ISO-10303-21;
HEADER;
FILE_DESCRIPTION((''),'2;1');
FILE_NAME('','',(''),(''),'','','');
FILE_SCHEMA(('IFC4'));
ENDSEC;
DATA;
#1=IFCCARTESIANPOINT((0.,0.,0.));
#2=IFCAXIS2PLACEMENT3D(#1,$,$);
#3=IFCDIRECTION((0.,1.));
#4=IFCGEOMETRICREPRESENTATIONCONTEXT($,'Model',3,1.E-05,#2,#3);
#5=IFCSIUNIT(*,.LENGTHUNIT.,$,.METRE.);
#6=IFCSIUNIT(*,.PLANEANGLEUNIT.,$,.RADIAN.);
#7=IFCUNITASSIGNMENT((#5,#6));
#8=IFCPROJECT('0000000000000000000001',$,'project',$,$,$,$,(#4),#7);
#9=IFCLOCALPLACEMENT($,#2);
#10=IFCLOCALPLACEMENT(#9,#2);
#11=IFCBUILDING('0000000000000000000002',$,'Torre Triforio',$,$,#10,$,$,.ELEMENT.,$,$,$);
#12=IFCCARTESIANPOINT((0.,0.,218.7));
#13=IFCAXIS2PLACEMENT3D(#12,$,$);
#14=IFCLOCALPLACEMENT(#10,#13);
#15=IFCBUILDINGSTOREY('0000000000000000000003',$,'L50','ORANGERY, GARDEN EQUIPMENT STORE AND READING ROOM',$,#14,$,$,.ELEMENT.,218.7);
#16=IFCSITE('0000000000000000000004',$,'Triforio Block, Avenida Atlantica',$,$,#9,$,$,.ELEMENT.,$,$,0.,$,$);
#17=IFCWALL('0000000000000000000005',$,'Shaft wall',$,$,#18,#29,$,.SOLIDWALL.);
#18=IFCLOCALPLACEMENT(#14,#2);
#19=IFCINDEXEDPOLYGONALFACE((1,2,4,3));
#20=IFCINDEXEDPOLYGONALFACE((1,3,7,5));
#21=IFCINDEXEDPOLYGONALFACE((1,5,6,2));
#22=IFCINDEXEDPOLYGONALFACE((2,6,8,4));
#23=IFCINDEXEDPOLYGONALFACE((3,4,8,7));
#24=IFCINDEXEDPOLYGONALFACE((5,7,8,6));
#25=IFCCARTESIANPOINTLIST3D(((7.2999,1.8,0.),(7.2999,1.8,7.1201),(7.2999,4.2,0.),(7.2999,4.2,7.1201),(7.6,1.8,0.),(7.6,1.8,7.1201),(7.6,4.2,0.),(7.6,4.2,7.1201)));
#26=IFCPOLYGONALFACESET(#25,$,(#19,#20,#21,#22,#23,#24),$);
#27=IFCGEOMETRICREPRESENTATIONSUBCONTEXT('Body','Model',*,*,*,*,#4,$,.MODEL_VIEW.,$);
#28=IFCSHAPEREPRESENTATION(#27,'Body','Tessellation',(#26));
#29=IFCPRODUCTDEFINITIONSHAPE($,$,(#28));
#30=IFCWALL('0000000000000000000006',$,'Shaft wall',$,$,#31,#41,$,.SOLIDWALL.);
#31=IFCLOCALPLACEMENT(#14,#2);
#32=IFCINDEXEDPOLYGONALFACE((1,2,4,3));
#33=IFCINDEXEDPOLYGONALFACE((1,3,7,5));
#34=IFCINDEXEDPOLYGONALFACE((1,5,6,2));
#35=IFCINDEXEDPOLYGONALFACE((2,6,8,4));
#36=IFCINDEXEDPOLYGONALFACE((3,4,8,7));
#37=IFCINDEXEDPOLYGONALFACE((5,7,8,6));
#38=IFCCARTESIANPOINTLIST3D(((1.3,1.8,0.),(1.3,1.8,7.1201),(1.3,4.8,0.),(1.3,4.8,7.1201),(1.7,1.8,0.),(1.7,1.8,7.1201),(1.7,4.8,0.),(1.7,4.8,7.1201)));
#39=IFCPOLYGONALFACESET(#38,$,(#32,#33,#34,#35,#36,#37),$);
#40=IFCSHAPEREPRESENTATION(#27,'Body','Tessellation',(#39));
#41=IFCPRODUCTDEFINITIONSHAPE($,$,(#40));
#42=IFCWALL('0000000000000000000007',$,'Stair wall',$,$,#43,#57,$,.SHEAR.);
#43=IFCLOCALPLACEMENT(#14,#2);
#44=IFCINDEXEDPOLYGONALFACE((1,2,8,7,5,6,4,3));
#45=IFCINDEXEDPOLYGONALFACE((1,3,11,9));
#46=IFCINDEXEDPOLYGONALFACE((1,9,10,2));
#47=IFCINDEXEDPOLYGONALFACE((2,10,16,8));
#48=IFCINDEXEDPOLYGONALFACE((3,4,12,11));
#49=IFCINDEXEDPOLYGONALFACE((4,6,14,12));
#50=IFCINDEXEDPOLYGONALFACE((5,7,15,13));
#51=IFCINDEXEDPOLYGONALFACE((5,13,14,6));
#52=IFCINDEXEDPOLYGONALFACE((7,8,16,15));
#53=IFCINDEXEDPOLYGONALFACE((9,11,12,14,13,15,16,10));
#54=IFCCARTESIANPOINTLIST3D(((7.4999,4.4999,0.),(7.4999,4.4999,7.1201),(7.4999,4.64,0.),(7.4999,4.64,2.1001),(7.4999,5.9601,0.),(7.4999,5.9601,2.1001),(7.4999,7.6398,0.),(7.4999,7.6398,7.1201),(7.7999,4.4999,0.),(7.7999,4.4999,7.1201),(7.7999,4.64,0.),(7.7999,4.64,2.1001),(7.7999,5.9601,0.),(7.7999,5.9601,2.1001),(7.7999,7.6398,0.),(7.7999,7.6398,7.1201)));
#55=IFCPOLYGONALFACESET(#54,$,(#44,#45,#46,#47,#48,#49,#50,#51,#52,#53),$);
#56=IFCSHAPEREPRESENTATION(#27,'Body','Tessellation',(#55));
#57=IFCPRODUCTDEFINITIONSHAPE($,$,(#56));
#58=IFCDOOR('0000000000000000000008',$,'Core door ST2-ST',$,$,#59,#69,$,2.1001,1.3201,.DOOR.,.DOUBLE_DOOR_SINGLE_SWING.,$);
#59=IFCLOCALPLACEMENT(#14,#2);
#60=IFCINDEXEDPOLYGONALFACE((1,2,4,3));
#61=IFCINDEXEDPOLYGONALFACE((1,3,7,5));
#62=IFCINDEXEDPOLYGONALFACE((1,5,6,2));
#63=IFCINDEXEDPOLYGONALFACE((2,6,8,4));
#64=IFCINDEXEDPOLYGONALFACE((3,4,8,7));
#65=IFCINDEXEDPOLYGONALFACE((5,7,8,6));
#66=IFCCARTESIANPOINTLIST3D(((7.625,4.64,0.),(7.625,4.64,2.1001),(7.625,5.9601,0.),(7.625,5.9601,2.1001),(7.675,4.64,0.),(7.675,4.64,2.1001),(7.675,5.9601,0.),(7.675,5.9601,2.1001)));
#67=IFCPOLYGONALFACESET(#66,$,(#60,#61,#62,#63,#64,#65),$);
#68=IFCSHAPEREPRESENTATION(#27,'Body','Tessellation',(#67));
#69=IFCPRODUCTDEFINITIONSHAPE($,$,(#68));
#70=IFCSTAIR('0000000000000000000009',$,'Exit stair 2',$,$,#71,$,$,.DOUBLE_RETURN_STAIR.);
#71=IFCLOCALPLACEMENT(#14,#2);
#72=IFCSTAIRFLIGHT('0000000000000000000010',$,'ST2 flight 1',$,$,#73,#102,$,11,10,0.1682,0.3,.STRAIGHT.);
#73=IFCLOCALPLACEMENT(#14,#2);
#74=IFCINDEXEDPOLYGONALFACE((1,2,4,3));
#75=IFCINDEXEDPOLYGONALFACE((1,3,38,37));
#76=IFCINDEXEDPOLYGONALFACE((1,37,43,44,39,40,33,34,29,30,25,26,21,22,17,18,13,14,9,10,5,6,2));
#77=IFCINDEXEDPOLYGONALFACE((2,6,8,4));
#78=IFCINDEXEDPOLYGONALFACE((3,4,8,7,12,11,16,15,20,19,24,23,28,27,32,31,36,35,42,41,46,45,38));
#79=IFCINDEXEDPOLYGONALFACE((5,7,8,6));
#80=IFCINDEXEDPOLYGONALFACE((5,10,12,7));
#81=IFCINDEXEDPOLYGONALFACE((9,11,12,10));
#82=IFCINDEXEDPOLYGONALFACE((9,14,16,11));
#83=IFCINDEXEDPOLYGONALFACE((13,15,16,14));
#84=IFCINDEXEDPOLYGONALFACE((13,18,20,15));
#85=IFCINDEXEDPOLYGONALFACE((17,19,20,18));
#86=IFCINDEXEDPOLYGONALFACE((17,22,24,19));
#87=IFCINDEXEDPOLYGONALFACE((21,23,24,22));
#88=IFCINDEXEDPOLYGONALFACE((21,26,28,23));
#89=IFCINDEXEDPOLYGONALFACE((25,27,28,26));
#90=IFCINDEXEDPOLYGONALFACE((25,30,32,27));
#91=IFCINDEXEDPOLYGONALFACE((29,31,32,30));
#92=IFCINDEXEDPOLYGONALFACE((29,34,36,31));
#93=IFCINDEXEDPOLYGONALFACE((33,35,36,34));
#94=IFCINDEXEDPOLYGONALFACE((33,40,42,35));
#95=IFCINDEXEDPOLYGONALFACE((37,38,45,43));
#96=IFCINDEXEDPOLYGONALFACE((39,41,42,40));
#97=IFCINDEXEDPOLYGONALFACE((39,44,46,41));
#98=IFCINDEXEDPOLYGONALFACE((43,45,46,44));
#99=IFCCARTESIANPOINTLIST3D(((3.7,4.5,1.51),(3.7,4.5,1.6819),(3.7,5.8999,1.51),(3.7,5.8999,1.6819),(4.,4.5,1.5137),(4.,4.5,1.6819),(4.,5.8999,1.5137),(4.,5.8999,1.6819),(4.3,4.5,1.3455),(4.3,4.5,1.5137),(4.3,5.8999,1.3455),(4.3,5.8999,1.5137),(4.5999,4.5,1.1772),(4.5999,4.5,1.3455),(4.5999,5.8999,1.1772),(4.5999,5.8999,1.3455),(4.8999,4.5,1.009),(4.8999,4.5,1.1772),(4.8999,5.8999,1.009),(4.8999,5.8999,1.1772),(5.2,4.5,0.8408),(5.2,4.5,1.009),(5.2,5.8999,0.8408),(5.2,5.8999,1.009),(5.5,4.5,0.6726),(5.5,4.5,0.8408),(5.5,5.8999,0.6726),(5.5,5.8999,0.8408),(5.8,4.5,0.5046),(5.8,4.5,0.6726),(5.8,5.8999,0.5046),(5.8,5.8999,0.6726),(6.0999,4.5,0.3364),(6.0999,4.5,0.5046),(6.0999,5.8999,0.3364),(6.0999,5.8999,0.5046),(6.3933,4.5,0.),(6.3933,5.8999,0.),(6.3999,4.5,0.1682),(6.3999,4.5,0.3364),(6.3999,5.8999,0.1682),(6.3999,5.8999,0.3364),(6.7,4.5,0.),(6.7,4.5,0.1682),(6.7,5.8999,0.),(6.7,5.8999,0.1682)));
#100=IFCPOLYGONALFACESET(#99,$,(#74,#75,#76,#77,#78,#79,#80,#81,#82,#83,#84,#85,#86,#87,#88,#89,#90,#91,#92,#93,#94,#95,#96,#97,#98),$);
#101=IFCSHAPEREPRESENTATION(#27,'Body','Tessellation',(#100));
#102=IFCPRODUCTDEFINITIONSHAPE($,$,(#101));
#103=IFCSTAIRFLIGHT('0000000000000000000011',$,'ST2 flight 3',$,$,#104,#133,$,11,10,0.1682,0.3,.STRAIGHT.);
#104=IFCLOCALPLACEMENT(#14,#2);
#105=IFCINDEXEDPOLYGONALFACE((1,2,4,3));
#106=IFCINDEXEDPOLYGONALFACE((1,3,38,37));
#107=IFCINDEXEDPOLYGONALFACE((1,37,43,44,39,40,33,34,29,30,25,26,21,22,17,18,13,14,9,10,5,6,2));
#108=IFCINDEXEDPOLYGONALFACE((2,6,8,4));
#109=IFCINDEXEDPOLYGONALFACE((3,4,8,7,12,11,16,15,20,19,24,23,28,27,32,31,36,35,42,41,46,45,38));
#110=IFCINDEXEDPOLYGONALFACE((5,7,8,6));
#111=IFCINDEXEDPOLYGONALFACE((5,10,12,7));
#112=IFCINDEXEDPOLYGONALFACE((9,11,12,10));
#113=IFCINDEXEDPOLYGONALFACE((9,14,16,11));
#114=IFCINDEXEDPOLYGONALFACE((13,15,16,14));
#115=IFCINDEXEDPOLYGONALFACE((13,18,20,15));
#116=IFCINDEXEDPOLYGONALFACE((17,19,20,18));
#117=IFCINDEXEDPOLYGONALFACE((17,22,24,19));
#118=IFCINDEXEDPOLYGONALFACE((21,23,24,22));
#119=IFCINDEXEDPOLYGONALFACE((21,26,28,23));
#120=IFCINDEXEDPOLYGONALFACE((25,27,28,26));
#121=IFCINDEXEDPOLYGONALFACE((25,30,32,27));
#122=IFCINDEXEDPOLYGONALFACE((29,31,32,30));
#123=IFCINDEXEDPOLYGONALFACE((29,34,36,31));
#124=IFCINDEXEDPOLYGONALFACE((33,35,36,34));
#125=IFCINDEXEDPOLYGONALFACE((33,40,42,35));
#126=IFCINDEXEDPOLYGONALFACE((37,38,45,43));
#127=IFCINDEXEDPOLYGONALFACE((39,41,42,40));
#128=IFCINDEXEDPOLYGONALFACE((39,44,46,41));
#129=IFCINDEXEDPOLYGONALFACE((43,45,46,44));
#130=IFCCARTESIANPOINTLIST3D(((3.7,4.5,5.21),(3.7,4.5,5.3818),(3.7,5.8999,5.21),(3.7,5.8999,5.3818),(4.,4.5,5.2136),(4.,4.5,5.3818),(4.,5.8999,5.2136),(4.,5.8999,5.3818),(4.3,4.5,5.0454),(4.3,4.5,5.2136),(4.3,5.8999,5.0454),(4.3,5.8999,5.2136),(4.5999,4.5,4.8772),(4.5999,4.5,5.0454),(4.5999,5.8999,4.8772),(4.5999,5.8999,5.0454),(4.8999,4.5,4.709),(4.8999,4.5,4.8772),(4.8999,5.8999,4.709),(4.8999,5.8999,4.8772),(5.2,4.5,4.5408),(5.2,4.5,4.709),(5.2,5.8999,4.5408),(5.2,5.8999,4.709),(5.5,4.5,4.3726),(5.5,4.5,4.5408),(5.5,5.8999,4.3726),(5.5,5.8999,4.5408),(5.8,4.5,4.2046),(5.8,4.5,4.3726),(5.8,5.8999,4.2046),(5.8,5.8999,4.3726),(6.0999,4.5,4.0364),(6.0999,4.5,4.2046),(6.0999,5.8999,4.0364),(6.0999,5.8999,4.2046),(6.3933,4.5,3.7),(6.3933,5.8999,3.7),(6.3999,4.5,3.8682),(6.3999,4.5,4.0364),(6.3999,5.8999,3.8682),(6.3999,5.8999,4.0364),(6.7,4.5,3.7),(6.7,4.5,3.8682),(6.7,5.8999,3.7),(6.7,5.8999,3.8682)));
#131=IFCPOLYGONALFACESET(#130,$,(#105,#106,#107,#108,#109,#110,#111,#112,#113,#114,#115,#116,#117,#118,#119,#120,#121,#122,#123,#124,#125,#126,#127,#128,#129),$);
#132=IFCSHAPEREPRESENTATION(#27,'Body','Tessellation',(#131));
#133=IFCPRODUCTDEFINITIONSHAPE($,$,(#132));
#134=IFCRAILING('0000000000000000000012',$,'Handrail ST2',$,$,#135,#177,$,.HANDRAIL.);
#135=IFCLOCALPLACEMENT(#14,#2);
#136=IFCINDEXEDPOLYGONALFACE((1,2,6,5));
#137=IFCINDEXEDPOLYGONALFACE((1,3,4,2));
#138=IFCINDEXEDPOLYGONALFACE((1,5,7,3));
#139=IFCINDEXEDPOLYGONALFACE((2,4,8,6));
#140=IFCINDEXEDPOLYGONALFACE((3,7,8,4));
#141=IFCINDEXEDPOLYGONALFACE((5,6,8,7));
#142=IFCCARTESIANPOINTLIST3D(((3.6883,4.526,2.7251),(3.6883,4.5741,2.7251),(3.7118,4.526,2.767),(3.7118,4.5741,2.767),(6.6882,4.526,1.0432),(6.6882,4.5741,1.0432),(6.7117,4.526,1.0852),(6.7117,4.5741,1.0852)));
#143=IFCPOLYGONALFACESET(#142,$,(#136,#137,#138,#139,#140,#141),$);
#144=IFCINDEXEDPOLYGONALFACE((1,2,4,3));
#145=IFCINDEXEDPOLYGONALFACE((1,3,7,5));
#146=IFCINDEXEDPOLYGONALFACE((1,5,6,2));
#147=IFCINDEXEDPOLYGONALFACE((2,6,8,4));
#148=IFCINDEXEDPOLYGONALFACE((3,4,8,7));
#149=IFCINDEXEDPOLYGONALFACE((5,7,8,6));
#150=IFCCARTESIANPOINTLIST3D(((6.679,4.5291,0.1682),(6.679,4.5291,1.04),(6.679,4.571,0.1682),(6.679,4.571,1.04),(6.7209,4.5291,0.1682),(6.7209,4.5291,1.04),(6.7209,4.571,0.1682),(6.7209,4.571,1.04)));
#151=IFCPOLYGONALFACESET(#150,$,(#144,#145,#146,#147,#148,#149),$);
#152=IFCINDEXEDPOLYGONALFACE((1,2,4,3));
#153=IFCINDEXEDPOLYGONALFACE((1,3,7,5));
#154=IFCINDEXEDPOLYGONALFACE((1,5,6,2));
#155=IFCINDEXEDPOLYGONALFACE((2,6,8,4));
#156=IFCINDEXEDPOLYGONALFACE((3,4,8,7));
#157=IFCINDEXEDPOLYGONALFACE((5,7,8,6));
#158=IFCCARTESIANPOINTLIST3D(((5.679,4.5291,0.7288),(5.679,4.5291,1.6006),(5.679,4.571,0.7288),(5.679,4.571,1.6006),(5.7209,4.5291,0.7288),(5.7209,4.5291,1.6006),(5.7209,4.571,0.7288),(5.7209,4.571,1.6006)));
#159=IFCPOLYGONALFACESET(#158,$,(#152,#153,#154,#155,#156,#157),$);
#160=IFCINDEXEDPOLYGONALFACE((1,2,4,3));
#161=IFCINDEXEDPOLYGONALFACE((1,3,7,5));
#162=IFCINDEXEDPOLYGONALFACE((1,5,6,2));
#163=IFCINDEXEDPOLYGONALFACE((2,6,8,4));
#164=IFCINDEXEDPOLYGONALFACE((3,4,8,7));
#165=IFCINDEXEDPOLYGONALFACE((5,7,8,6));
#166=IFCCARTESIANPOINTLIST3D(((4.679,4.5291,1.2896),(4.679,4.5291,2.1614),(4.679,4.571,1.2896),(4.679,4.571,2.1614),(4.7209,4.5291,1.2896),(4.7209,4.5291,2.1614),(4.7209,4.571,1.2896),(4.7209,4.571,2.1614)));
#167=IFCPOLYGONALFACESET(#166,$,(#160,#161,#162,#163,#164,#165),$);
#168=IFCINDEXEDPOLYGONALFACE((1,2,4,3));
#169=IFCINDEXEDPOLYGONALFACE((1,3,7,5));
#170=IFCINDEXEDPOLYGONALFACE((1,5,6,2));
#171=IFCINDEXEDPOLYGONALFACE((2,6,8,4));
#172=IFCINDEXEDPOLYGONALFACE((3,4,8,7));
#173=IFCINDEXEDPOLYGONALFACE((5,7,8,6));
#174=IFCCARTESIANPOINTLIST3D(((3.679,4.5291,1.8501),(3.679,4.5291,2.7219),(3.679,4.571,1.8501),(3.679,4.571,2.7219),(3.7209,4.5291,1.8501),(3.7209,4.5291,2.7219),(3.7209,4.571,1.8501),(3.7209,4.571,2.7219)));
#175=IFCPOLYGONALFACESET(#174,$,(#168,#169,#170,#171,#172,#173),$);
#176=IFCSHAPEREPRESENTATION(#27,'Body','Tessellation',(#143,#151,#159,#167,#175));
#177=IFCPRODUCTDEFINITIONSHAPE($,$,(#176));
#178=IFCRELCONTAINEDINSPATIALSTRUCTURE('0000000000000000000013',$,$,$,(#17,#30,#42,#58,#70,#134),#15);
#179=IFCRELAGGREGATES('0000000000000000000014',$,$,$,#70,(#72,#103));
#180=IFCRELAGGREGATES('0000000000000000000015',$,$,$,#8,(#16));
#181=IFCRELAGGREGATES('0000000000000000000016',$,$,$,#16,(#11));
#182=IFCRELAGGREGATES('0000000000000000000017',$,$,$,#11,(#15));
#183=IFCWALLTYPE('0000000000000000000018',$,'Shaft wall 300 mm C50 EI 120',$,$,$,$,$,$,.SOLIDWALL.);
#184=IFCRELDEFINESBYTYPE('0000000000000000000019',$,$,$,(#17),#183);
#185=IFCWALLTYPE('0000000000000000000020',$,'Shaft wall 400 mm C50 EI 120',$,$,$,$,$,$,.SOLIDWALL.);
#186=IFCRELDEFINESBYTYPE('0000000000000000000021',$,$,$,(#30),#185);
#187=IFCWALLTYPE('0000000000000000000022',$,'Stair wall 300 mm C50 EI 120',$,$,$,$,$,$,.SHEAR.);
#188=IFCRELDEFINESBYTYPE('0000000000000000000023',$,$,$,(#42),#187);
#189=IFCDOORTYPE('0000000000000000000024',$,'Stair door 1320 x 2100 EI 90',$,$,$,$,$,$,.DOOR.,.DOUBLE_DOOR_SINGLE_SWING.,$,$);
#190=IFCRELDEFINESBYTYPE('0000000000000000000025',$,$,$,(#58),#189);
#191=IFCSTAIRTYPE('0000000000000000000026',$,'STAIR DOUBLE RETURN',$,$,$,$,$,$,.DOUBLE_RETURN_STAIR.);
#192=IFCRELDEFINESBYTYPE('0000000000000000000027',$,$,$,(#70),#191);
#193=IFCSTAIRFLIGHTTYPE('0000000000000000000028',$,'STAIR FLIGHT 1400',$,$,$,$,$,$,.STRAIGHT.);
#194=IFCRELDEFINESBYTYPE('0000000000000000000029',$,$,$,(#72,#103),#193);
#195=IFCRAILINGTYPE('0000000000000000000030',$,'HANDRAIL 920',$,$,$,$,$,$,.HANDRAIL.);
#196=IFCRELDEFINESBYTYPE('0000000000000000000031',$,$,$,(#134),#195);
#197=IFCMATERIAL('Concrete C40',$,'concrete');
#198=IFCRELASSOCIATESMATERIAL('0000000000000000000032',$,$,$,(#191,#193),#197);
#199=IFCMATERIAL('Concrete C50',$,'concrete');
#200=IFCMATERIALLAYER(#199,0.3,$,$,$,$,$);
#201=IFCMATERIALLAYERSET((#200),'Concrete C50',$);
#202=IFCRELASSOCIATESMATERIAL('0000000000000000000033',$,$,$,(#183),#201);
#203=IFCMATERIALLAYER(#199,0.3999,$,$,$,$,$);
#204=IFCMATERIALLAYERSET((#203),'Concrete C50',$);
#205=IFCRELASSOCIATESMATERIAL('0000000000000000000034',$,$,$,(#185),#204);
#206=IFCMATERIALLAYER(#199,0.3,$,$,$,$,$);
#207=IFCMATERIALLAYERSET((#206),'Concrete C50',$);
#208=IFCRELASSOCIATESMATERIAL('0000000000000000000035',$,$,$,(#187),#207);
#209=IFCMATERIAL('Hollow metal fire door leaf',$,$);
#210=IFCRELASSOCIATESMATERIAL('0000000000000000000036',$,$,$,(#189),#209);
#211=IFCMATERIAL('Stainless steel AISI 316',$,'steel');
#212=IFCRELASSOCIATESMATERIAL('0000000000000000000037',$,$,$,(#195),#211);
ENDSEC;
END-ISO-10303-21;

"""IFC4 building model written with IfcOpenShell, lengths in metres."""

from ifc_helpers import new_model, si_unit, direction, frame, frame_2d, origin, origin_2d, place, context, subcontext, project, spatial, polyline, rectangle, outline, extrude, material, layer, layer_set, type_object, element, fill, aggregate, save


model = new_model("IFC4")

# Units and contexts
model_context = context("Model", 3, precision=1e-05, world=origin(), true_north=direction((0.0, 1.0)))
body_context = subcontext(model_context, "Body", "Model", "MODEL_VIEW")
ifc_project = project(units=[si_unit("LENGTHUNIT", "METRE"), si_unit("PLANEANGLEUNIT", "RADIAN")], contexts=[model_context])

# Site, building, storey
site_placement = place(None, origin())
site = spatial("IfcSite", under=ifc_project, at=site_placement, Name="Triforio Block, Avenida Atlantica", CompositionType="ELEMENT", RefElevation=0.0)
building_placement = place(site_placement, origin())
building = spatial("IfcBuilding", under=site, at=building_placement, Name="Torre Triforio", CompositionType="ELEMENT")
storey_placement = place(building_placement, frame((0.0, 0.0, 218.7)))
storey = spatial("IfcBuildingStorey", under=building, at=storey_placement, Name="L50", Description="ORANGERY, GARDEN EQUIPMENT STORE AND READING ROOM", CompositionType="ELEMENT", Elevation=218.7)

# Shared definitions
ifc_material_1 = material(Name="Concrete C40", Category="concrete")

# Shared definitions
stair_type = type_object("IfcStairType", Name="STAIR DOUBLE RETURN", PredefinedType="DOUBLE_RETURN_STAIR", material=ifc_material_1)

# Shared definitions
ifc_material_2 = material(Name="Concrete C50", Category="concrete")
ifc_layer_1 = layer(ifc_material_2, 0.3)
ifc_layer_set_1 = layer_set([ifc_layer_1], Name="Concrete C50")
wall_type_1 = type_object("IfcWallType", Name="Shaft wall 300 mm C50 EI 120", PredefinedType="SOLIDWALL", material=ifc_layer_set_1)

# Shared definitions
ifc_material_3 = material(Name="Hollow metal fire door leaf")

# Walls
for number, where, z_axis, x_axis, name in (
    (1, (7.45, 1.8, 0.0), (0.0, 0.0, 1.0), (0.0, 1.0, 0.0), "Shaft wall"),
):
    element("IfcWall", number, at=place(storey_placement, frame(where, z_axis=z_axis, x_axis=x_axis)), inside=storey, type_object=wall_type_1, Name=name, PredefinedType="SOLIDWALL", context=body_context, shape_type="SweptSolid", body=[
        extrude(rectangle(XDim=2.3999, YDim=0.3, at=frame_2d((1.2, 0.0))), origin(), (0.0, 0.0, 1.0), 7.1201),
    ])
ifc_layer_2 = layer(ifc_material_2, 0.3999)
ifc_layer_set_2 = layer_set([ifc_layer_2], Name="Concrete C50")
wall_type_2 = type_object("IfcWallType", Name="Shaft wall 400 mm C50 EI 120", PredefinedType="SOLIDWALL", material=ifc_layer_set_2)
wall_1_placement = place(storey_placement, frame((1.5, 1.8, 0.0), z_axis=(0.0, 0.0, 1.0), x_axis=(0.0, 1.0, 0.0)))
element("IfcWall", 2, at=wall_1_placement, inside=storey, type_object=wall_type_2, Name="Shaft wall", PredefinedType="SOLIDWALL", context=body_context, shape_type="SweptSolid", body=[
    extrude(rectangle(XDim=3.0, YDim=0.3999, at=frame_2d((1.5, 0.0))), origin(), (0.0, 0.0, 1.0), 7.1201),
])

# Wall, opening, door
ifc_layer_3 = layer(ifc_material_2, 0.3)
ifc_layer_set_3 = layer_set([ifc_layer_3], Name="Concrete C50")
wall_type_3 = type_object("IfcWallType", Name="Stair wall 300 mm C50 EI 120", PredefinedType="SHEAR", material=ifc_layer_set_3)
wall_2_placement = place(storey_placement, frame((7.6499, 4.5, 0.0), z_axis=(0.0, 0.0, 1.0), x_axis=(0.0, 1.0, 0.0)))
wall_2 = element("IfcWall", 3, at=wall_2_placement, inside=storey, type_object=wall_type_3, Name="Stair wall", PredefinedType="SHEAR", context=body_context, shape_type="SweptSolid", body=[
    extrude(rectangle(XDim=3.1399, YDim=0.3, at=frame_2d((1.5698, 0.0))), origin(), (0.0, 0.0, 1.0), 7.1201),
])
opening_1_placement = place(wall_2_placement, frame((0.1399, 0.0, 0.0)))
opening_1 = element("IfcOpeningElement", 4, at=opening_1_placement, cuts=wall_2, PredefinedType="OPENING", context=body_context, shape_type="SweptSolid", body=[
    extrude(rectangle(XDim=1.3201, YDim=2.1001, at=frame_2d((0.6602, 1.05))), frame((0.0, 0.1599, 0.0), z_axis=(0.0, -1.0, 0.0), x_axis=(1.0, 0.0, 0.0)), (0.0, 0.0, 1.0), 0.3201),
])
door_type_1 = type_object("IfcDoorType", Name="Stair door 1320 x 2100 EI 90", OperationType="DOUBLE_DOOR_SINGLE_SWING", PredefinedType="DOOR", material=ifc_material_3)
door_1_placement = place(opening_1_placement, origin())
door_1 = element("IfcDoor", 5, at=door_1_placement, inside=storey, type_object=door_type_1, Name="Core door ST2-ST", OperationType="DOUBLE_DOOR_SINGLE_SWING", OverallHeight=2.1001, OverallWidth=1.3201, PredefinedType="DOOR", context=body_context, shape_type="SweptSolid", body=[
    extrude(rectangle(XDim=1.3201, YDim=2.1001, at=frame_2d((0.6602, 1.05))), frame((0.0, 0.0249, 0.0), z_axis=(0.0, -1.0, 0.0), x_axis=(1.0, 0.0, 0.0)), (0.0, 0.0, 1.0), 0.05),
])
fill(opening_1, door_1)

# Stair, stair flights
stair_1_placement = place(storey_placement, origin())
stair_1 = element("IfcStair", 6, at=stair_1_placement, inside=storey, type_object=stair_type, Name="Exit stair 2", PredefinedType="DOUBLE_RETURN_STAIR")
stair_flight_type = type_object("IfcStairFlightType", Name="STAIR FLIGHT 1400", PredefinedType="STRAIGHT", material=ifc_material_1)
stair_flight_1_placement = place(storey_placement, frame((6.7, 5.2, 0.0), z_axis=(0.0, 0.0, 1.0), x_axis=(-1.0, 0.0, 0.0)))
stair_flight_1 = element("IfcStairFlight", 7, at=stair_flight_1_placement, type_object=stair_flight_type, Name="ST2 flight 1", NumberOfRisers=11, NumberOfTreads=10, PredefinedType="STRAIGHT", RiserHeight=0.1682, TreadLength=0.3, context=body_context, shape_type="SweptSolid", body=[
    extrude(outline(polyline([(0.0, 0.0), (0.0, 0.1682), (0.3, 0.1682), (0.3, 0.3364), (0.6001, 0.3364), (0.6001, 0.5046), (0.8999, 0.5046), (0.8999, 0.6726), (1.2, 0.6726), (1.2, 0.8408), (1.5, 0.8408), (1.5, 1.009), (1.8, 1.009), (1.8, 1.1772), (2.1001, 1.1772), (2.1001, 1.3455), (2.3999, 1.3455), (2.3999, 1.5137), (2.7, 1.5137), (2.7, 1.6819), (3.0, 1.6819), (3.0, 1.8501), (3.0, 1.51), (0.3066, 0.0), (0.0, 0.0)])), frame((0.0, 0.7, 0.0), z_axis=(0.0, -1.0, 0.0), x_axis=(1.0, 0.0, 0.0)), (0.0, 0.0, 1.0), 1.3999),
])
stair_flight_2_placement = place(storey_placement, frame((6.7, 5.2, 3.7), z_axis=(0.0, 0.0, 1.0), x_axis=(-1.0, 0.0, 0.0)))
stair_flight_2 = element("IfcStairFlight", 8, at=stair_flight_2_placement, type_object=stair_flight_type, Name="ST2 flight 3", NumberOfRisers=11, NumberOfTreads=10, PredefinedType="STRAIGHT", RiserHeight=0.1682, TreadLength=0.3, context=body_context, shape_type="SweptSolid", body=[
    extrude(outline(polyline([(0.0, 0.0), (0.0, 0.1682), (0.3, 0.1682), (0.3, 0.3364), (0.6001, 0.3364), (0.6001, 0.5046), (0.8999, 0.5046), (0.8999, 0.6726), (1.2, 0.6726), (1.2, 0.8408), (1.5, 0.8408), (1.5, 1.009), (1.8, 1.009), (1.8, 1.1772), (2.1001, 1.1772), (2.1001, 1.3455), (2.3999, 1.3455), (2.3999, 1.5137), (2.7, 1.5137), (2.7, 1.6819), (3.0, 1.6819), (3.0, 1.8501), (3.0, 1.51), (0.3066, 0.0), (0.0, 0.0)])), frame((0.0, 0.7, 0.0), z_axis=(0.0, -1.0, 0.0), x_axis=(1.0, 0.0, 0.0)), (0.0, 0.0, 1.0), 1.3999),
])
aggregate(stair_1, [stair_flight_1, stair_flight_2])

# Railing
ifc_material_4 = material(Name="Stainless steel AISI 316", Category="steel")
railing_type = type_object("IfcRailingType", Name="HANDRAIL 920", PredefinedType="HANDRAIL", material=ifc_material_4)
for number, where, name in (
    (9, (6.7, 4.55, 0.1682), "Handrail ST2"),
):
    element("IfcRailing", number, at=place(storey_placement, frame(where)), inside=storey, type_object=railing_type, Name=name, PredefinedType="HANDRAIL", context=body_context, shape_type="SweptSolid", body=[
        extrude(rectangle(XDim=0.0481, YDim=0.0481, at=origin_2d()), frame((0.0, 0.0, 0.896), z_axis=(-0.872272, 0.0, 0.48902), x_axis=(0.0, -1.0, 0.0)), (0.0, 0.0, 1.0), 3.4392),
        extrude(rectangle(XDim=0.042, YDim=0.042, at=origin_2d()), origin(), (0.0, 0.0, 1.0), 0.8718),
        extrude(rectangle(XDim=0.042, YDim=0.042, at=origin_2d()), frame((-1.0, 0.0, 0.5605)), (0.0, 0.0, 1.0), 0.8718),
        extrude(rectangle(XDim=0.042, YDim=0.042, at=origin_2d()), frame((-2.0, 0.0, 1.1213)), (0.0, 0.0, 1.0), 0.8718),
        extrude(rectangle(XDim=0.042, YDim=0.042, at=origin_2d()), frame((-3.0, 0.0, 1.6819)), (0.0, 0.0, 1.0), 0.8718),
    ])

save(model, "model.ifc")
